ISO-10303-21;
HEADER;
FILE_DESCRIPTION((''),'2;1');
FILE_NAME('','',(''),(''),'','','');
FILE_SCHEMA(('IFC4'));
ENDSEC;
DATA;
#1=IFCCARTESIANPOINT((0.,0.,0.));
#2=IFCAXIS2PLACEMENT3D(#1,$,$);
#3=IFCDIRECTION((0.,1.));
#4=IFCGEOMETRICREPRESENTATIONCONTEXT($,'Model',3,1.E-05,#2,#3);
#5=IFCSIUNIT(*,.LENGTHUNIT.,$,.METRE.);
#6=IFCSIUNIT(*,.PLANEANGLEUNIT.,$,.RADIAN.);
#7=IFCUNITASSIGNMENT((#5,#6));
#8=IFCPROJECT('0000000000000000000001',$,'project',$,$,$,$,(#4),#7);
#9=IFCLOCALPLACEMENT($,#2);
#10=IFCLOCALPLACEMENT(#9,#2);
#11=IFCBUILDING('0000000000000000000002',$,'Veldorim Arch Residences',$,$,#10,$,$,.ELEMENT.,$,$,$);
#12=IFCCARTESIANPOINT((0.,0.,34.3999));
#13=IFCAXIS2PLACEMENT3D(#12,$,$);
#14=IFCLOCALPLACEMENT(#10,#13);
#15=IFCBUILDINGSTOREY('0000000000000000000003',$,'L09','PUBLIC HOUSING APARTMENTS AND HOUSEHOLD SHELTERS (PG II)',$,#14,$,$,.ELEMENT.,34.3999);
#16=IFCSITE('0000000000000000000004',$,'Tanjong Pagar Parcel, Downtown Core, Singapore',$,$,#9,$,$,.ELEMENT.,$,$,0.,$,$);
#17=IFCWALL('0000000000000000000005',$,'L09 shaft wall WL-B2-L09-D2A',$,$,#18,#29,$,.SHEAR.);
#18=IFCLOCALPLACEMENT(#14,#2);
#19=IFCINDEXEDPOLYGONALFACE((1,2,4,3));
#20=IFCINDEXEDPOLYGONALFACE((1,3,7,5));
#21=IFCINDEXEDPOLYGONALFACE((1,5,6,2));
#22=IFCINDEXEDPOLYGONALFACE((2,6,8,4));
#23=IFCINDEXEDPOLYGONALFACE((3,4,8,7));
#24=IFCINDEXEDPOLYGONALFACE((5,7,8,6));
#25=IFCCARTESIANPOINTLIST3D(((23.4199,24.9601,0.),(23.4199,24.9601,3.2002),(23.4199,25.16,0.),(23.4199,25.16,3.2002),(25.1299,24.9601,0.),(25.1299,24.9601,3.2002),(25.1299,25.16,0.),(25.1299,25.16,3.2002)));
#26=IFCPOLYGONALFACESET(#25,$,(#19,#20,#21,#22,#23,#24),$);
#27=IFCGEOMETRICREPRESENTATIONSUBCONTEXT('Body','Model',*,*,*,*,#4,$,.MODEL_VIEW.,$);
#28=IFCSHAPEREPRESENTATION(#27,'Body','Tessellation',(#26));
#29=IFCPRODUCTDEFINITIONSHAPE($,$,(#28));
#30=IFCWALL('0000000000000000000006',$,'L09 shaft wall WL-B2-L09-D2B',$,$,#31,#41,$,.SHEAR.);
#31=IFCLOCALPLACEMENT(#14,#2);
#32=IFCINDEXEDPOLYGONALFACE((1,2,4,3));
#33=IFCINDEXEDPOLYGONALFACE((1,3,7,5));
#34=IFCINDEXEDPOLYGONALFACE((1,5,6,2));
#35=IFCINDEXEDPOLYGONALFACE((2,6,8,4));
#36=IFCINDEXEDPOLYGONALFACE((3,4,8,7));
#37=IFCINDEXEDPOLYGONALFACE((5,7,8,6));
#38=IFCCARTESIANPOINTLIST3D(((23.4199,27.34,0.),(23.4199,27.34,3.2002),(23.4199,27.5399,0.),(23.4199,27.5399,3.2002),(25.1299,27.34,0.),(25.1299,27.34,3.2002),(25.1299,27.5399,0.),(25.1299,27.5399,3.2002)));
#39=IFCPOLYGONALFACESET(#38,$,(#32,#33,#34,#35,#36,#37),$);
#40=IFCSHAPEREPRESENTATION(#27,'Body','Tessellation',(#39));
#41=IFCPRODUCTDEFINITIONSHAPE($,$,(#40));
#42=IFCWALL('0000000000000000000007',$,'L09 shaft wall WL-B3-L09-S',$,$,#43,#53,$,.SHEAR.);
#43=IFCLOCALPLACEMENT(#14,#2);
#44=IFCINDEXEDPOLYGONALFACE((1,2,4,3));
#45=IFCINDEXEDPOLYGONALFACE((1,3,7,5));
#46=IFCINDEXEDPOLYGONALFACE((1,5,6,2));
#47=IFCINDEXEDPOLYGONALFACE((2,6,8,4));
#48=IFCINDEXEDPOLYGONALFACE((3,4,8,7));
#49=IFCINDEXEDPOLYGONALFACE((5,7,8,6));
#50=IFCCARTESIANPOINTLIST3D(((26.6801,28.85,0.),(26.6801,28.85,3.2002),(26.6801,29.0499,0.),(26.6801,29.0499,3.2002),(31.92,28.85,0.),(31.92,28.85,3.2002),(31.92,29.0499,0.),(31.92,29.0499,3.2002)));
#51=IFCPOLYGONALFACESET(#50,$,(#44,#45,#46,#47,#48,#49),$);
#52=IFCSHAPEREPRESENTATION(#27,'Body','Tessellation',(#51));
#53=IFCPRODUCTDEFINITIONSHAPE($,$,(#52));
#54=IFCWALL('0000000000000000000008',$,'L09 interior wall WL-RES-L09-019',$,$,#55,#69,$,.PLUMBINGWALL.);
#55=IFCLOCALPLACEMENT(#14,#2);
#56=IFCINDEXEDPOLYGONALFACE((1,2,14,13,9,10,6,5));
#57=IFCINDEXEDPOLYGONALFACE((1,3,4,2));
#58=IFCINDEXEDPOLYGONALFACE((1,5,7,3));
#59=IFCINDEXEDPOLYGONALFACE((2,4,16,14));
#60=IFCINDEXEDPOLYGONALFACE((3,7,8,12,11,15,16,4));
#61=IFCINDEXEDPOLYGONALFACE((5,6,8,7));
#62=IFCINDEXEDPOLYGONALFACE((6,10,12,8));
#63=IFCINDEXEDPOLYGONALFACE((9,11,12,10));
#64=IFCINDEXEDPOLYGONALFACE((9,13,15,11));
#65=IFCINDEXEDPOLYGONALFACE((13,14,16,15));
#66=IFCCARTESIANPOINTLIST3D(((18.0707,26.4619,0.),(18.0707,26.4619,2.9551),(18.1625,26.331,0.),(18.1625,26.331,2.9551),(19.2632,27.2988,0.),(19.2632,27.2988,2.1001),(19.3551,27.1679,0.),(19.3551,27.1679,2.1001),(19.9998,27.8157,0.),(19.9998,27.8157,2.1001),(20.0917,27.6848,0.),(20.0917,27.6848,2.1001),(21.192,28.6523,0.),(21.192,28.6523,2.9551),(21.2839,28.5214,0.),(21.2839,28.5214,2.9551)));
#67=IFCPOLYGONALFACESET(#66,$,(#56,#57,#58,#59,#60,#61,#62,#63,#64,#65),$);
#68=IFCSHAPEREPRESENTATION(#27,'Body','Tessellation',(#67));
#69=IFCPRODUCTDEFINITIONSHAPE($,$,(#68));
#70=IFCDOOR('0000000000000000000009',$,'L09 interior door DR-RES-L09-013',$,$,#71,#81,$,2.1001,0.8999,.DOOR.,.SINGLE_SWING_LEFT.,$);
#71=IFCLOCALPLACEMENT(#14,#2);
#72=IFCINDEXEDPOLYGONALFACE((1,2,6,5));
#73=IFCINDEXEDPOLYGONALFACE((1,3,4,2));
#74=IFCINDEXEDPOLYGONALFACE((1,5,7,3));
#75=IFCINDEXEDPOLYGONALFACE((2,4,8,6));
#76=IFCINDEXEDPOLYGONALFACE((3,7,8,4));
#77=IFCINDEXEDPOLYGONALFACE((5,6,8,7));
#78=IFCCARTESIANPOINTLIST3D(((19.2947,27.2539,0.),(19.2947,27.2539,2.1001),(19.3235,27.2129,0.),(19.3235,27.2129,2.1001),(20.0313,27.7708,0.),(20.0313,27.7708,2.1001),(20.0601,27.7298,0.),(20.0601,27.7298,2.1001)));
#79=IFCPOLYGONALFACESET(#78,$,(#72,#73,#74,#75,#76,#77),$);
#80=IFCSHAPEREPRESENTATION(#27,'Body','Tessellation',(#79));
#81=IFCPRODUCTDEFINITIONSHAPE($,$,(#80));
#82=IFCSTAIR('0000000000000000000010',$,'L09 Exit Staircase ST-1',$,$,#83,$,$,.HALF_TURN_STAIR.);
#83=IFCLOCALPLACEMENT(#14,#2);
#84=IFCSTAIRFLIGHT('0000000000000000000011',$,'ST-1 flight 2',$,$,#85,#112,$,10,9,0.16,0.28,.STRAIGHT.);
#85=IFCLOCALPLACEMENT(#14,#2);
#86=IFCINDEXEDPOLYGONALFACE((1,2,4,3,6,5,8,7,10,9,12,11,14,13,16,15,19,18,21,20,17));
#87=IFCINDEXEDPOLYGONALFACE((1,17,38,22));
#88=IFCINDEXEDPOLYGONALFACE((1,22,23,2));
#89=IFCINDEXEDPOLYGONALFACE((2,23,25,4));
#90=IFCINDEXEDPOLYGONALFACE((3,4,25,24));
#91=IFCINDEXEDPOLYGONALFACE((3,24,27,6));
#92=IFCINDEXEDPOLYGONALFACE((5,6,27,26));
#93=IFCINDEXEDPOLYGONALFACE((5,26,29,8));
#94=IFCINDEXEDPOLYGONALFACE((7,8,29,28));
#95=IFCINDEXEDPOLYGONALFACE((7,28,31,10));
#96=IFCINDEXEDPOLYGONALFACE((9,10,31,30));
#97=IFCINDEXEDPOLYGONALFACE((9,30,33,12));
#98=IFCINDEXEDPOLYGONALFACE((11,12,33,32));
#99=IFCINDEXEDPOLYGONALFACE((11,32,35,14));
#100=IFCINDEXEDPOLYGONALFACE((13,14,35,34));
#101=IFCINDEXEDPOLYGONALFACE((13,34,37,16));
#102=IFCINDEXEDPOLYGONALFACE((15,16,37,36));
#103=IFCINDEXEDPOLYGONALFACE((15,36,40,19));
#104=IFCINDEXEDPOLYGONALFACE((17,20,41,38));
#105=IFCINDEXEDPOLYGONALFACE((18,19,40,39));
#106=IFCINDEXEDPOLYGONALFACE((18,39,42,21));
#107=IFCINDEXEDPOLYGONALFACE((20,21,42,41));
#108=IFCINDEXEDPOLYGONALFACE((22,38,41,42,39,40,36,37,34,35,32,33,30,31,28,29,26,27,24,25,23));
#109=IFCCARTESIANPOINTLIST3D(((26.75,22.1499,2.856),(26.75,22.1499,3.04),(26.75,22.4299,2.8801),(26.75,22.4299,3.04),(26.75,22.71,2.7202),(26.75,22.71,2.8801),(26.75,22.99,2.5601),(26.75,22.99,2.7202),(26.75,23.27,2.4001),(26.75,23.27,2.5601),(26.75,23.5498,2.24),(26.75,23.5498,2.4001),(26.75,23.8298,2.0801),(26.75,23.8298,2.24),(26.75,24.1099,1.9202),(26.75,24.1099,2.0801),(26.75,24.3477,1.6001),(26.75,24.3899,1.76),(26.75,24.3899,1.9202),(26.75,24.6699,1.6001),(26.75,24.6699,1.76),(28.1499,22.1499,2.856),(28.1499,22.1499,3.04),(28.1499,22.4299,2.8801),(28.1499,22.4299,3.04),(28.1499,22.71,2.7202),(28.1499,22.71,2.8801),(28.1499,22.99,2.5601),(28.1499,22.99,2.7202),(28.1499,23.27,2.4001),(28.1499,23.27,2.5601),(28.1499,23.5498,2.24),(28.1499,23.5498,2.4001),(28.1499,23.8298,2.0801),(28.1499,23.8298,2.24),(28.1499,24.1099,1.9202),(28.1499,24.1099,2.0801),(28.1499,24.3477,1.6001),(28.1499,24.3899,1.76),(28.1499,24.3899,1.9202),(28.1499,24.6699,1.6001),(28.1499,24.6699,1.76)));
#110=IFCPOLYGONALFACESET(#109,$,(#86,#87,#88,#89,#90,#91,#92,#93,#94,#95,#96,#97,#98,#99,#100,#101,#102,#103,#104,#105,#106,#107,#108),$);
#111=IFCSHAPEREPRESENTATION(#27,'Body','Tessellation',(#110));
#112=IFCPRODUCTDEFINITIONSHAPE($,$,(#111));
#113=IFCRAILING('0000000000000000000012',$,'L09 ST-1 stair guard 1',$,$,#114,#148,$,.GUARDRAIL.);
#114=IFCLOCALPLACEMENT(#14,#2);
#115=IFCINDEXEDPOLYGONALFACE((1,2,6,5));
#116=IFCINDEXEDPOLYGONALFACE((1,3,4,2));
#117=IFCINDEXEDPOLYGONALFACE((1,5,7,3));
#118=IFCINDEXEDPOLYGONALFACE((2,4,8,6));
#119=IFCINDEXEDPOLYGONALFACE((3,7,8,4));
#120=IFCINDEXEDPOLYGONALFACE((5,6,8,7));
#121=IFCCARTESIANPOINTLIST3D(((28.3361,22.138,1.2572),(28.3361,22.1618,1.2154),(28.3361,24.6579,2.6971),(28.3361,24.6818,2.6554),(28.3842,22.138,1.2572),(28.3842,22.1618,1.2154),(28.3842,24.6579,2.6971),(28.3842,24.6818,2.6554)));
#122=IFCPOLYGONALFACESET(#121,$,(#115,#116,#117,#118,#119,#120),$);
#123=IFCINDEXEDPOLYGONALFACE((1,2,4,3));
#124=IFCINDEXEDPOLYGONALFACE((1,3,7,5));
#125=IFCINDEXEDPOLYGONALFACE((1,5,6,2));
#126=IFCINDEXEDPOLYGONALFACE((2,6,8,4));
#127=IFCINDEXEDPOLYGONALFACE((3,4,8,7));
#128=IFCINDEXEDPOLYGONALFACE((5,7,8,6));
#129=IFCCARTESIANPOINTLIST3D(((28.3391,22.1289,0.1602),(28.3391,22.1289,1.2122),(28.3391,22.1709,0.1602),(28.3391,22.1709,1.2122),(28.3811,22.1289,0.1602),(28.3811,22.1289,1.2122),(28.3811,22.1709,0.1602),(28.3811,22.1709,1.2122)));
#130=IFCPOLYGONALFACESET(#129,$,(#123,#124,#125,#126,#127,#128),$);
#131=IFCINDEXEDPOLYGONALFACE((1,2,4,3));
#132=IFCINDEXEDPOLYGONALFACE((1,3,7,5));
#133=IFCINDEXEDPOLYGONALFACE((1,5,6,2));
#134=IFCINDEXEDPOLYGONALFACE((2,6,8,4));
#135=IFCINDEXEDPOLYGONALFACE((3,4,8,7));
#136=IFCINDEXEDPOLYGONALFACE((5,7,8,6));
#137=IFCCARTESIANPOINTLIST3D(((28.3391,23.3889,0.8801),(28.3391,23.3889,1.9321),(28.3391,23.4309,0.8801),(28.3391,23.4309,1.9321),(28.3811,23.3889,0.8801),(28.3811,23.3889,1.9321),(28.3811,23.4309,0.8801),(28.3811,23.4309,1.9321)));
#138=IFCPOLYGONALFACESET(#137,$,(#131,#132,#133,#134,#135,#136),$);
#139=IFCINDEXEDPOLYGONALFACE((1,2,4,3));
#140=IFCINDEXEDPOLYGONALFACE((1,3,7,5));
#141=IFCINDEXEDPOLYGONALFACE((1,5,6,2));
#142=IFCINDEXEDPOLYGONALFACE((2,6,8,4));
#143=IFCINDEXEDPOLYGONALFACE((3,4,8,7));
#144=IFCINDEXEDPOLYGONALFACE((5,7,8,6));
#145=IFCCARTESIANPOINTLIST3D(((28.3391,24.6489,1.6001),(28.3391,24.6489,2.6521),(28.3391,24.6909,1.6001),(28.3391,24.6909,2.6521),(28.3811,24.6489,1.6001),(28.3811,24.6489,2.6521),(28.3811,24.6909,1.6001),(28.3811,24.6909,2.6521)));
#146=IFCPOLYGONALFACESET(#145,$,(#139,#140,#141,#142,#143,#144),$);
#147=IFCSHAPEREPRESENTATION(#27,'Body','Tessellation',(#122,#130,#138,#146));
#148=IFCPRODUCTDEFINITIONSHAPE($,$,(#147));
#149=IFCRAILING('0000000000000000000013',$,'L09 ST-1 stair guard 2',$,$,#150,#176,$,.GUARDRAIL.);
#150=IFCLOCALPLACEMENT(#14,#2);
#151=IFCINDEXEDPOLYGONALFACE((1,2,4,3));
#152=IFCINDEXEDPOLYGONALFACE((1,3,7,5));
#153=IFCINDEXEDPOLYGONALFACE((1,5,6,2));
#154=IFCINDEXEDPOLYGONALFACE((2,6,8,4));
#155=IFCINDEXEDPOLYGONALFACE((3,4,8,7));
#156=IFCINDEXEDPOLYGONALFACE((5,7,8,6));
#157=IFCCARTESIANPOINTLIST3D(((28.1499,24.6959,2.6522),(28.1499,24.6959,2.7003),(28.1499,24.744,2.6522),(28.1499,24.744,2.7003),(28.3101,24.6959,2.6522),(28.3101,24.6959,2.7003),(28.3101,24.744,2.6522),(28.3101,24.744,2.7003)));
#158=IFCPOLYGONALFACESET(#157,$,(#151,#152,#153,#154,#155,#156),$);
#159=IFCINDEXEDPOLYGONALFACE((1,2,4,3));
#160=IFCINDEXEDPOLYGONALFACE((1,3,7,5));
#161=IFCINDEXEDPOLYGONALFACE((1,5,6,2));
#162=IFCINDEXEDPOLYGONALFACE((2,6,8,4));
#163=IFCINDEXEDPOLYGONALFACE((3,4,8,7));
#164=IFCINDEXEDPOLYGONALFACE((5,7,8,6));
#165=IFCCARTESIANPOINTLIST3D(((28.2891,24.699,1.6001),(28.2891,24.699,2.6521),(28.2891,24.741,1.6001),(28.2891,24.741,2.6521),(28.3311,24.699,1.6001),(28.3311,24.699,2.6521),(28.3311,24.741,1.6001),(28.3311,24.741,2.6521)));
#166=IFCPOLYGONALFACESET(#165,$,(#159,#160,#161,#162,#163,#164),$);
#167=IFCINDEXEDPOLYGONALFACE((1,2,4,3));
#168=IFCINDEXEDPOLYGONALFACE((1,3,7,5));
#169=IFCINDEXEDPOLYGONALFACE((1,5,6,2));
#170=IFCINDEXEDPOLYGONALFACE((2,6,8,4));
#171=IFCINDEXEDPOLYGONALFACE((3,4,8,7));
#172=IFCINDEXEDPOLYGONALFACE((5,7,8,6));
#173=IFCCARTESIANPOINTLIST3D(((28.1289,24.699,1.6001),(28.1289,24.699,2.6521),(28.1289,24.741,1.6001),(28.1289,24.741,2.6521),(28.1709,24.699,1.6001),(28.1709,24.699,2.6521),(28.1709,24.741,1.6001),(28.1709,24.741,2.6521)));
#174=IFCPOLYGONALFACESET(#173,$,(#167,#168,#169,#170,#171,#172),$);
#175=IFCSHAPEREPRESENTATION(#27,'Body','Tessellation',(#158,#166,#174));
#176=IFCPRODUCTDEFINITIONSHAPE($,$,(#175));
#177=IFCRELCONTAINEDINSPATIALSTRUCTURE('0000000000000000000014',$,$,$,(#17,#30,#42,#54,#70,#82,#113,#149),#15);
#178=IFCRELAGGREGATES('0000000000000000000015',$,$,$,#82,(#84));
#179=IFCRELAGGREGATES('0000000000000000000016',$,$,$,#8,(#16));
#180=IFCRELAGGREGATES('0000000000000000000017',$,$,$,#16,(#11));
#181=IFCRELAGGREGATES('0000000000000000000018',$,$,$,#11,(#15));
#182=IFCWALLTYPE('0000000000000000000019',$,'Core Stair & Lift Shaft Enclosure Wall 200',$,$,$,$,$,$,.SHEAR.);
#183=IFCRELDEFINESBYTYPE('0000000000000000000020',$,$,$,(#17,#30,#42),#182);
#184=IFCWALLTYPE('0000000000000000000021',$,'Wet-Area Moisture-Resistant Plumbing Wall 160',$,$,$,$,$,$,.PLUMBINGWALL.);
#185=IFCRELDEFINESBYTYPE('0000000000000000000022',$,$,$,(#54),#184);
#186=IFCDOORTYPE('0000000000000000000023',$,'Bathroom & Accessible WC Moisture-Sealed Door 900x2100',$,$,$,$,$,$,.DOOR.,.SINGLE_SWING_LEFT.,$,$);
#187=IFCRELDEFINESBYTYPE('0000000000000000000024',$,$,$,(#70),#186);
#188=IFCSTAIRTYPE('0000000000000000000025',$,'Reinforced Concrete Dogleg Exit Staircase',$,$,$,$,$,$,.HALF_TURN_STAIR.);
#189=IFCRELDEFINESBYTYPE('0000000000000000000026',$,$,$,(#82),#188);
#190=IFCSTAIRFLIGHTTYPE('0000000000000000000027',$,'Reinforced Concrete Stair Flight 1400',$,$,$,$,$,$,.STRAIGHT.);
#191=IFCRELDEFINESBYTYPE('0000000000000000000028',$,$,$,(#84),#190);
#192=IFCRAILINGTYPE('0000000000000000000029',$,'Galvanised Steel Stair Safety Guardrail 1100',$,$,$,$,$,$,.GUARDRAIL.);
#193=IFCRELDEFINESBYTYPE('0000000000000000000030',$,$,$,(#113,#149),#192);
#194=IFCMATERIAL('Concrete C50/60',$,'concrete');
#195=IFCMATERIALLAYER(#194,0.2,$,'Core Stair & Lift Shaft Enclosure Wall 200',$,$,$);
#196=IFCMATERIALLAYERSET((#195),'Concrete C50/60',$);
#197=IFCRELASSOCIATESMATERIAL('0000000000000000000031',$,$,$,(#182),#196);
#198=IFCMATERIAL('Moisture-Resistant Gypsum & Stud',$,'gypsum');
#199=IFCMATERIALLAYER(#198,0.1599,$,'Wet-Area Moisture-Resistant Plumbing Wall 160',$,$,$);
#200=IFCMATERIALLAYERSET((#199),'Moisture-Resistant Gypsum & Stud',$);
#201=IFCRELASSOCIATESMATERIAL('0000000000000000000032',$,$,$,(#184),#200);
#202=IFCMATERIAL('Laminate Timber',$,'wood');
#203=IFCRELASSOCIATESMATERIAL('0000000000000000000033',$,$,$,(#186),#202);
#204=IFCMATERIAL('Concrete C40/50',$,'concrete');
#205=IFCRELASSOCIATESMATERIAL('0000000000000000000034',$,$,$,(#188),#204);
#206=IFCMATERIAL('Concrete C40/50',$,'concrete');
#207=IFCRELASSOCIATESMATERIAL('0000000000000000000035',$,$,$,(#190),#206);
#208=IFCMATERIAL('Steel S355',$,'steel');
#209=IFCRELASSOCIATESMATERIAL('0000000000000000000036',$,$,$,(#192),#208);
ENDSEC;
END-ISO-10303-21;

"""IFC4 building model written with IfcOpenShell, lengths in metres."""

from ifc_helpers import new_model, si_unit, direction, frame, frame_2d, origin, origin_2d, place, context, subcontext, project, spatial, polyline, rectangle, outline, extrude, material, layer, layer_set, type_object, element, fill, aggregate, save


model = new_model("IFC4")

# Units and contexts
model_context = context("Model", 3, precision=1e-05, world=origin(), true_north=direction((0.0, 1.0)))
body_context = subcontext(model_context, "Body", "Model", "MODEL_VIEW")
ifc_project = project(units=[si_unit("LENGTHUNIT", "METRE"), si_unit("PLANEANGLEUNIT", "RADIAN")], contexts=[model_context])

# Site, building, storey
site_placement = place(None, origin())
site = spatial("IfcSite", under=ifc_project, at=site_placement, Name="Tanjong Pagar Parcel, Downtown Core, Singapore", CompositionType="ELEMENT", RefElevation=0.0)
building_placement = place(site_placement, origin())
building = spatial("IfcBuilding", under=site, at=building_placement, Name="Veldorim Arch Residences", CompositionType="ELEMENT")
storey_placement = place(building_placement, frame((0.0, 0.0, 34.3999)))
storey = spatial("IfcBuildingStorey", under=building, at=storey_placement, Name="L09", Description="PUBLIC HOUSING APARTMENTS AND HOUSEHOLD SHELTERS (PG II)", CompositionType="ELEMENT", Elevation=34.3999)

# Shared definitions
ifc_material_1 = material(Name="Concrete C50/60", Category="concrete")
ifc_layer_1 = layer(ifc_material_1, 0.2, Name="Core Stair & Lift Shaft Enclosure Wall 200")
ifc_layer_set_1 = layer_set([ifc_layer_1], Name="Concrete C50/60")
wall_type_1 = type_object("IfcWallType", Name="Core Stair & Lift Shaft Enclosure Wall 200", PredefinedType="SHEAR", material=ifc_layer_set_1)

# Walls
for number, where, z_axis, x_axis, name in (
    (1, (23.4199, 25.0601, 0.0), (0.0, 0.0, 1.0), (1.0, 0.0, 0.0), "L09 shaft wall WL-B2-L09-D2A"),
    (2, (23.4199, 27.4399, 0.0), (0.0, 0.0, 1.0), (1.0, 0.0, 0.0), "L09 shaft wall WL-B2-L09-D2B"),
):
    element("IfcWall", number, at=place(storey_placement, frame(where, z_axis=z_axis, x_axis=x_axis)), inside=storey, type_object=wall_type_1, Name=name, PredefinedType="SHEAR", context=body_context, shape_type="SweptSolid", body=[
        extrude(rectangle(XDim=1.71, YDim=0.2, at=frame_2d((0.855, 0.0))), origin(), (0.0, 0.0, 1.0), 3.2002),
    ])
wall_1_placement = place(storey_placement, frame((26.6799, 28.95, 0.0), z_axis=(0.0, 0.0, 1.0), x_axis=(1.0, 0.0, 0.0)))
element("IfcWall", 3, at=wall_1_placement, inside=storey, type_object=wall_type_1, Name="L09 shaft wall WL-B3-L09-S", PredefinedType="SHEAR", context=body_context, shape_type="SweptSolid", body=[
    extrude(rectangle(XDim=5.24, YDim=0.2, at=frame_2d((2.6201, 0.0))), origin(), (0.0, 0.0, 1.0), 3.2002),
])

# Wall, opening, door
ifc_material_2 = material(Name="Moisture-Resistant Gypsum & Stud", Category="gypsum")
ifc_layer_2 = layer(ifc_material_2, 0.1599, Name="Wet-Area Moisture-Resistant Plumbing Wall 160")
ifc_layer_set_2 = layer_set([ifc_layer_2], Name="Moisture-Resistant Gypsum & Stud")
wall_type_2 = type_object("IfcWallType", Name="Wet-Area Moisture-Resistant Plumbing Wall 160", PredefinedType="PLUMBINGWALL", material=ifc_layer_set_2)
wall_2_placement = place(storey_placement, frame((21.238, 28.5869, 0.0), z_axis=(0.0, 0.0, 1.0), x_axis=(-0.818555, -0.574429, 0.0)))
wall_2 = element("IfcWall", 4, at=wall_2_placement, inside=storey, type_object=wall_type_2, Name="L09 interior wall WL-RES-L09-019", PredefinedType="PLUMBINGWALL", context=body_context, shape_type="SweptSolid", body=[
    extrude(rectangle(XDim=3.8132, YDim=0.1599, at=frame_2d((1.9067, 0.0))), origin(), (0.0, 0.0, 1.0), 2.9551),
])
opening_1_placement = place(wall_2_placement, frame((1.4565, 0.0, 0.0)))
opening_1 = element("IfcOpeningElement", 5, at=opening_1_placement, cuts=wall_2, PredefinedType="OPENING", context=body_context, shape_type="SweptSolid", body=[
    extrude(rectangle(XDim=0.8999, YDim=2.1001, at=frame_2d((0.45, 1.05))), frame((0.0, 0.0898, 0.0), z_axis=(0.0, -1.0, 0.0), x_axis=(1.0, 0.0, 0.0)), (0.0, 0.0, 1.0), 0.1799),
])
ifc_material_3 = material(Name="Laminate Timber", Category="wood")
door_type_1 = type_object("IfcDoorType", Name="Bathroom & Accessible WC Moisture-Sealed Door 900x2100", OperationType="SINGLE_SWING_LEFT", PredefinedType="DOOR", material=ifc_material_3)
door_1_placement = place(opening_1_placement, origin())
door_1 = element("IfcDoor", 6, at=door_1_placement, inside=storey, type_object=door_type_1, Name="L09 interior door DR-RES-L09-013", OperationType="SINGLE_SWING_LEFT", OverallHeight=2.1001, OverallWidth=0.8999, PredefinedType="DOOR", context=body_context, shape_type="SweptSolid", body=[
    extrude(rectangle(XDim=0.8999, YDim=2.1001, at=frame_2d((0.45, 1.05))), frame((0.0, 0.0249, 0.0), z_axis=(0.0, -1.0, 0.0), x_axis=(1.0, 0.0, 0.0)), (0.0, 0.0, 1.0), 0.05),
])
fill(opening_1, door_1)

# Stair, stair flight
ifc_material_4 = material(Name="Concrete C40/50", Category="concrete")
stair_type = type_object("IfcStairType", Name="Reinforced Concrete Dogleg Exit Staircase", PredefinedType="HALF_TURN_STAIR", material=ifc_material_4)
stair_placement = place(storey_placement, origin())
stair = element("IfcStair", 7, at=stair_placement, inside=storey, type_object=stair_type, Name="L09 Exit Staircase ST-1", PredefinedType="HALF_TURN_STAIR")
ifc_material_5 = material(Name="Concrete C40/50", Category="concrete")
stair_flight_type = type_object("IfcStairFlightType", Name="Reinforced Concrete Stair Flight 1400", PredefinedType="STRAIGHT", material=ifc_material_5)
stair_flight_placement = place(storey_placement, frame((27.45, 24.6699, 1.6001), z_axis=(0.0, 0.0, 1.0), x_axis=(0.0, -1.0, 0.0)))
stair_flight = element("IfcStairFlight", 8, at=stair_flight_placement, type_object=stair_flight_type, Name="ST-1 flight 2", NumberOfRisers=10, NumberOfTreads=9, PredefinedType="STRAIGHT", RiserHeight=0.16, TreadLength=0.28, context=body_context, shape_type="SweptSolid", body=[
    extrude(outline(polyline([(0.0, 0.0), (0.0, 0.1599), (0.28, 0.1599), (0.28, 0.3201), (0.5601, 0.3201), (0.5601, 0.48), (0.8401, 0.48), (0.8401, 0.6399), (1.1201, 0.6399), (1.1201, 0.8), (1.3999, 0.8), (1.3999, 0.96), (1.6799, 0.96), (1.6799, 1.1201), (1.96, 1.1201), (1.96, 1.28), (2.24, 1.28), (2.24, 1.4399), (2.52, 1.4399), (2.52, 1.6001), (2.52, 1.2559), (0.3223, 0.0), (0.0, 0.0)])), frame((0.0, 0.7, 0.0), z_axis=(0.0, -1.0, 0.0), x_axis=(1.0, 0.0, 0.0)), (0.0, 0.0, 1.0), 1.3999),
])
aggregate(stair, [stair_flight])

# Railings
ifc_material_6 = material(Name="Steel S355", Category="steel")
railing_type_1 = type_object("IfcRailingType", Name="Galvanised Steel Stair Safety Guardrail 1100", PredefinedType="GUARDRAIL", material=ifc_material_6)
railing_1_placement = place(storey_placement, frame((28.3601, 22.1499, 0.1602)))
element("IfcRailing", 9, at=railing_1_placement, inside=storey, type_object=railing_type_1, Name="L09 ST-1 stair guard 1", PredefinedType="GUARDRAIL", context=body_context, shape_type="SweptSolid", body=[
    extrude(rectangle(XDim=0.0481, YDim=0.0481, at=origin_2d()), frame((0.0, 0.0, 1.0762), z_axis=(0.0, 0.868253, 0.496121), x_axis=(-1.0, 0.0, 0.0)), (0.0, 0.0, 1.0), 2.9023),
    extrude(rectangle(XDim=0.042, YDim=0.042, at=origin_2d()), origin(), (0.0, 0.0, 1.0), 1.052),
    extrude(rectangle(XDim=0.042, YDim=0.042, at=origin_2d()), frame((0.0, 1.26, 0.72)), (0.0, 0.0, 1.0), 1.052),
    extrude(rectangle(XDim=0.042, YDim=0.042, at=origin_2d()), frame((0.0, 2.52, 1.4399)), (0.0, 0.0, 1.0), 1.052),
])
railing_2_placement = place(storey_placement, frame((28.3101, 24.72, 1.6001)))
element("IfcRailing", 10, at=railing_2_placement, inside=storey, type_object=railing_type_1, Name="L09 ST-1 stair guard 2", PredefinedType="GUARDRAIL", context=body_context, shape_type="SweptSolid", body=[
    extrude(rectangle(XDim=0.0481, YDim=0.0481, at=origin_2d()), frame((0.0, 0.0, 1.0762), z_axis=(-1.0, 0.0, 0.0), x_axis=(0.0, -1.0, 0.0)), (0.0, 0.0, 1.0), 0.1602),
    extrude(rectangle(XDim=0.042, YDim=0.042, at=origin_2d()), origin(), (0.0, 0.0, 1.0), 1.052),
    extrude(rectangle(XDim=0.042, YDim=0.042, at=origin_2d()), frame((-0.1602, 0.0, 0.0)), (0.0, 0.0, 1.0), 1.052),
])

save(model, "model.ifc")
